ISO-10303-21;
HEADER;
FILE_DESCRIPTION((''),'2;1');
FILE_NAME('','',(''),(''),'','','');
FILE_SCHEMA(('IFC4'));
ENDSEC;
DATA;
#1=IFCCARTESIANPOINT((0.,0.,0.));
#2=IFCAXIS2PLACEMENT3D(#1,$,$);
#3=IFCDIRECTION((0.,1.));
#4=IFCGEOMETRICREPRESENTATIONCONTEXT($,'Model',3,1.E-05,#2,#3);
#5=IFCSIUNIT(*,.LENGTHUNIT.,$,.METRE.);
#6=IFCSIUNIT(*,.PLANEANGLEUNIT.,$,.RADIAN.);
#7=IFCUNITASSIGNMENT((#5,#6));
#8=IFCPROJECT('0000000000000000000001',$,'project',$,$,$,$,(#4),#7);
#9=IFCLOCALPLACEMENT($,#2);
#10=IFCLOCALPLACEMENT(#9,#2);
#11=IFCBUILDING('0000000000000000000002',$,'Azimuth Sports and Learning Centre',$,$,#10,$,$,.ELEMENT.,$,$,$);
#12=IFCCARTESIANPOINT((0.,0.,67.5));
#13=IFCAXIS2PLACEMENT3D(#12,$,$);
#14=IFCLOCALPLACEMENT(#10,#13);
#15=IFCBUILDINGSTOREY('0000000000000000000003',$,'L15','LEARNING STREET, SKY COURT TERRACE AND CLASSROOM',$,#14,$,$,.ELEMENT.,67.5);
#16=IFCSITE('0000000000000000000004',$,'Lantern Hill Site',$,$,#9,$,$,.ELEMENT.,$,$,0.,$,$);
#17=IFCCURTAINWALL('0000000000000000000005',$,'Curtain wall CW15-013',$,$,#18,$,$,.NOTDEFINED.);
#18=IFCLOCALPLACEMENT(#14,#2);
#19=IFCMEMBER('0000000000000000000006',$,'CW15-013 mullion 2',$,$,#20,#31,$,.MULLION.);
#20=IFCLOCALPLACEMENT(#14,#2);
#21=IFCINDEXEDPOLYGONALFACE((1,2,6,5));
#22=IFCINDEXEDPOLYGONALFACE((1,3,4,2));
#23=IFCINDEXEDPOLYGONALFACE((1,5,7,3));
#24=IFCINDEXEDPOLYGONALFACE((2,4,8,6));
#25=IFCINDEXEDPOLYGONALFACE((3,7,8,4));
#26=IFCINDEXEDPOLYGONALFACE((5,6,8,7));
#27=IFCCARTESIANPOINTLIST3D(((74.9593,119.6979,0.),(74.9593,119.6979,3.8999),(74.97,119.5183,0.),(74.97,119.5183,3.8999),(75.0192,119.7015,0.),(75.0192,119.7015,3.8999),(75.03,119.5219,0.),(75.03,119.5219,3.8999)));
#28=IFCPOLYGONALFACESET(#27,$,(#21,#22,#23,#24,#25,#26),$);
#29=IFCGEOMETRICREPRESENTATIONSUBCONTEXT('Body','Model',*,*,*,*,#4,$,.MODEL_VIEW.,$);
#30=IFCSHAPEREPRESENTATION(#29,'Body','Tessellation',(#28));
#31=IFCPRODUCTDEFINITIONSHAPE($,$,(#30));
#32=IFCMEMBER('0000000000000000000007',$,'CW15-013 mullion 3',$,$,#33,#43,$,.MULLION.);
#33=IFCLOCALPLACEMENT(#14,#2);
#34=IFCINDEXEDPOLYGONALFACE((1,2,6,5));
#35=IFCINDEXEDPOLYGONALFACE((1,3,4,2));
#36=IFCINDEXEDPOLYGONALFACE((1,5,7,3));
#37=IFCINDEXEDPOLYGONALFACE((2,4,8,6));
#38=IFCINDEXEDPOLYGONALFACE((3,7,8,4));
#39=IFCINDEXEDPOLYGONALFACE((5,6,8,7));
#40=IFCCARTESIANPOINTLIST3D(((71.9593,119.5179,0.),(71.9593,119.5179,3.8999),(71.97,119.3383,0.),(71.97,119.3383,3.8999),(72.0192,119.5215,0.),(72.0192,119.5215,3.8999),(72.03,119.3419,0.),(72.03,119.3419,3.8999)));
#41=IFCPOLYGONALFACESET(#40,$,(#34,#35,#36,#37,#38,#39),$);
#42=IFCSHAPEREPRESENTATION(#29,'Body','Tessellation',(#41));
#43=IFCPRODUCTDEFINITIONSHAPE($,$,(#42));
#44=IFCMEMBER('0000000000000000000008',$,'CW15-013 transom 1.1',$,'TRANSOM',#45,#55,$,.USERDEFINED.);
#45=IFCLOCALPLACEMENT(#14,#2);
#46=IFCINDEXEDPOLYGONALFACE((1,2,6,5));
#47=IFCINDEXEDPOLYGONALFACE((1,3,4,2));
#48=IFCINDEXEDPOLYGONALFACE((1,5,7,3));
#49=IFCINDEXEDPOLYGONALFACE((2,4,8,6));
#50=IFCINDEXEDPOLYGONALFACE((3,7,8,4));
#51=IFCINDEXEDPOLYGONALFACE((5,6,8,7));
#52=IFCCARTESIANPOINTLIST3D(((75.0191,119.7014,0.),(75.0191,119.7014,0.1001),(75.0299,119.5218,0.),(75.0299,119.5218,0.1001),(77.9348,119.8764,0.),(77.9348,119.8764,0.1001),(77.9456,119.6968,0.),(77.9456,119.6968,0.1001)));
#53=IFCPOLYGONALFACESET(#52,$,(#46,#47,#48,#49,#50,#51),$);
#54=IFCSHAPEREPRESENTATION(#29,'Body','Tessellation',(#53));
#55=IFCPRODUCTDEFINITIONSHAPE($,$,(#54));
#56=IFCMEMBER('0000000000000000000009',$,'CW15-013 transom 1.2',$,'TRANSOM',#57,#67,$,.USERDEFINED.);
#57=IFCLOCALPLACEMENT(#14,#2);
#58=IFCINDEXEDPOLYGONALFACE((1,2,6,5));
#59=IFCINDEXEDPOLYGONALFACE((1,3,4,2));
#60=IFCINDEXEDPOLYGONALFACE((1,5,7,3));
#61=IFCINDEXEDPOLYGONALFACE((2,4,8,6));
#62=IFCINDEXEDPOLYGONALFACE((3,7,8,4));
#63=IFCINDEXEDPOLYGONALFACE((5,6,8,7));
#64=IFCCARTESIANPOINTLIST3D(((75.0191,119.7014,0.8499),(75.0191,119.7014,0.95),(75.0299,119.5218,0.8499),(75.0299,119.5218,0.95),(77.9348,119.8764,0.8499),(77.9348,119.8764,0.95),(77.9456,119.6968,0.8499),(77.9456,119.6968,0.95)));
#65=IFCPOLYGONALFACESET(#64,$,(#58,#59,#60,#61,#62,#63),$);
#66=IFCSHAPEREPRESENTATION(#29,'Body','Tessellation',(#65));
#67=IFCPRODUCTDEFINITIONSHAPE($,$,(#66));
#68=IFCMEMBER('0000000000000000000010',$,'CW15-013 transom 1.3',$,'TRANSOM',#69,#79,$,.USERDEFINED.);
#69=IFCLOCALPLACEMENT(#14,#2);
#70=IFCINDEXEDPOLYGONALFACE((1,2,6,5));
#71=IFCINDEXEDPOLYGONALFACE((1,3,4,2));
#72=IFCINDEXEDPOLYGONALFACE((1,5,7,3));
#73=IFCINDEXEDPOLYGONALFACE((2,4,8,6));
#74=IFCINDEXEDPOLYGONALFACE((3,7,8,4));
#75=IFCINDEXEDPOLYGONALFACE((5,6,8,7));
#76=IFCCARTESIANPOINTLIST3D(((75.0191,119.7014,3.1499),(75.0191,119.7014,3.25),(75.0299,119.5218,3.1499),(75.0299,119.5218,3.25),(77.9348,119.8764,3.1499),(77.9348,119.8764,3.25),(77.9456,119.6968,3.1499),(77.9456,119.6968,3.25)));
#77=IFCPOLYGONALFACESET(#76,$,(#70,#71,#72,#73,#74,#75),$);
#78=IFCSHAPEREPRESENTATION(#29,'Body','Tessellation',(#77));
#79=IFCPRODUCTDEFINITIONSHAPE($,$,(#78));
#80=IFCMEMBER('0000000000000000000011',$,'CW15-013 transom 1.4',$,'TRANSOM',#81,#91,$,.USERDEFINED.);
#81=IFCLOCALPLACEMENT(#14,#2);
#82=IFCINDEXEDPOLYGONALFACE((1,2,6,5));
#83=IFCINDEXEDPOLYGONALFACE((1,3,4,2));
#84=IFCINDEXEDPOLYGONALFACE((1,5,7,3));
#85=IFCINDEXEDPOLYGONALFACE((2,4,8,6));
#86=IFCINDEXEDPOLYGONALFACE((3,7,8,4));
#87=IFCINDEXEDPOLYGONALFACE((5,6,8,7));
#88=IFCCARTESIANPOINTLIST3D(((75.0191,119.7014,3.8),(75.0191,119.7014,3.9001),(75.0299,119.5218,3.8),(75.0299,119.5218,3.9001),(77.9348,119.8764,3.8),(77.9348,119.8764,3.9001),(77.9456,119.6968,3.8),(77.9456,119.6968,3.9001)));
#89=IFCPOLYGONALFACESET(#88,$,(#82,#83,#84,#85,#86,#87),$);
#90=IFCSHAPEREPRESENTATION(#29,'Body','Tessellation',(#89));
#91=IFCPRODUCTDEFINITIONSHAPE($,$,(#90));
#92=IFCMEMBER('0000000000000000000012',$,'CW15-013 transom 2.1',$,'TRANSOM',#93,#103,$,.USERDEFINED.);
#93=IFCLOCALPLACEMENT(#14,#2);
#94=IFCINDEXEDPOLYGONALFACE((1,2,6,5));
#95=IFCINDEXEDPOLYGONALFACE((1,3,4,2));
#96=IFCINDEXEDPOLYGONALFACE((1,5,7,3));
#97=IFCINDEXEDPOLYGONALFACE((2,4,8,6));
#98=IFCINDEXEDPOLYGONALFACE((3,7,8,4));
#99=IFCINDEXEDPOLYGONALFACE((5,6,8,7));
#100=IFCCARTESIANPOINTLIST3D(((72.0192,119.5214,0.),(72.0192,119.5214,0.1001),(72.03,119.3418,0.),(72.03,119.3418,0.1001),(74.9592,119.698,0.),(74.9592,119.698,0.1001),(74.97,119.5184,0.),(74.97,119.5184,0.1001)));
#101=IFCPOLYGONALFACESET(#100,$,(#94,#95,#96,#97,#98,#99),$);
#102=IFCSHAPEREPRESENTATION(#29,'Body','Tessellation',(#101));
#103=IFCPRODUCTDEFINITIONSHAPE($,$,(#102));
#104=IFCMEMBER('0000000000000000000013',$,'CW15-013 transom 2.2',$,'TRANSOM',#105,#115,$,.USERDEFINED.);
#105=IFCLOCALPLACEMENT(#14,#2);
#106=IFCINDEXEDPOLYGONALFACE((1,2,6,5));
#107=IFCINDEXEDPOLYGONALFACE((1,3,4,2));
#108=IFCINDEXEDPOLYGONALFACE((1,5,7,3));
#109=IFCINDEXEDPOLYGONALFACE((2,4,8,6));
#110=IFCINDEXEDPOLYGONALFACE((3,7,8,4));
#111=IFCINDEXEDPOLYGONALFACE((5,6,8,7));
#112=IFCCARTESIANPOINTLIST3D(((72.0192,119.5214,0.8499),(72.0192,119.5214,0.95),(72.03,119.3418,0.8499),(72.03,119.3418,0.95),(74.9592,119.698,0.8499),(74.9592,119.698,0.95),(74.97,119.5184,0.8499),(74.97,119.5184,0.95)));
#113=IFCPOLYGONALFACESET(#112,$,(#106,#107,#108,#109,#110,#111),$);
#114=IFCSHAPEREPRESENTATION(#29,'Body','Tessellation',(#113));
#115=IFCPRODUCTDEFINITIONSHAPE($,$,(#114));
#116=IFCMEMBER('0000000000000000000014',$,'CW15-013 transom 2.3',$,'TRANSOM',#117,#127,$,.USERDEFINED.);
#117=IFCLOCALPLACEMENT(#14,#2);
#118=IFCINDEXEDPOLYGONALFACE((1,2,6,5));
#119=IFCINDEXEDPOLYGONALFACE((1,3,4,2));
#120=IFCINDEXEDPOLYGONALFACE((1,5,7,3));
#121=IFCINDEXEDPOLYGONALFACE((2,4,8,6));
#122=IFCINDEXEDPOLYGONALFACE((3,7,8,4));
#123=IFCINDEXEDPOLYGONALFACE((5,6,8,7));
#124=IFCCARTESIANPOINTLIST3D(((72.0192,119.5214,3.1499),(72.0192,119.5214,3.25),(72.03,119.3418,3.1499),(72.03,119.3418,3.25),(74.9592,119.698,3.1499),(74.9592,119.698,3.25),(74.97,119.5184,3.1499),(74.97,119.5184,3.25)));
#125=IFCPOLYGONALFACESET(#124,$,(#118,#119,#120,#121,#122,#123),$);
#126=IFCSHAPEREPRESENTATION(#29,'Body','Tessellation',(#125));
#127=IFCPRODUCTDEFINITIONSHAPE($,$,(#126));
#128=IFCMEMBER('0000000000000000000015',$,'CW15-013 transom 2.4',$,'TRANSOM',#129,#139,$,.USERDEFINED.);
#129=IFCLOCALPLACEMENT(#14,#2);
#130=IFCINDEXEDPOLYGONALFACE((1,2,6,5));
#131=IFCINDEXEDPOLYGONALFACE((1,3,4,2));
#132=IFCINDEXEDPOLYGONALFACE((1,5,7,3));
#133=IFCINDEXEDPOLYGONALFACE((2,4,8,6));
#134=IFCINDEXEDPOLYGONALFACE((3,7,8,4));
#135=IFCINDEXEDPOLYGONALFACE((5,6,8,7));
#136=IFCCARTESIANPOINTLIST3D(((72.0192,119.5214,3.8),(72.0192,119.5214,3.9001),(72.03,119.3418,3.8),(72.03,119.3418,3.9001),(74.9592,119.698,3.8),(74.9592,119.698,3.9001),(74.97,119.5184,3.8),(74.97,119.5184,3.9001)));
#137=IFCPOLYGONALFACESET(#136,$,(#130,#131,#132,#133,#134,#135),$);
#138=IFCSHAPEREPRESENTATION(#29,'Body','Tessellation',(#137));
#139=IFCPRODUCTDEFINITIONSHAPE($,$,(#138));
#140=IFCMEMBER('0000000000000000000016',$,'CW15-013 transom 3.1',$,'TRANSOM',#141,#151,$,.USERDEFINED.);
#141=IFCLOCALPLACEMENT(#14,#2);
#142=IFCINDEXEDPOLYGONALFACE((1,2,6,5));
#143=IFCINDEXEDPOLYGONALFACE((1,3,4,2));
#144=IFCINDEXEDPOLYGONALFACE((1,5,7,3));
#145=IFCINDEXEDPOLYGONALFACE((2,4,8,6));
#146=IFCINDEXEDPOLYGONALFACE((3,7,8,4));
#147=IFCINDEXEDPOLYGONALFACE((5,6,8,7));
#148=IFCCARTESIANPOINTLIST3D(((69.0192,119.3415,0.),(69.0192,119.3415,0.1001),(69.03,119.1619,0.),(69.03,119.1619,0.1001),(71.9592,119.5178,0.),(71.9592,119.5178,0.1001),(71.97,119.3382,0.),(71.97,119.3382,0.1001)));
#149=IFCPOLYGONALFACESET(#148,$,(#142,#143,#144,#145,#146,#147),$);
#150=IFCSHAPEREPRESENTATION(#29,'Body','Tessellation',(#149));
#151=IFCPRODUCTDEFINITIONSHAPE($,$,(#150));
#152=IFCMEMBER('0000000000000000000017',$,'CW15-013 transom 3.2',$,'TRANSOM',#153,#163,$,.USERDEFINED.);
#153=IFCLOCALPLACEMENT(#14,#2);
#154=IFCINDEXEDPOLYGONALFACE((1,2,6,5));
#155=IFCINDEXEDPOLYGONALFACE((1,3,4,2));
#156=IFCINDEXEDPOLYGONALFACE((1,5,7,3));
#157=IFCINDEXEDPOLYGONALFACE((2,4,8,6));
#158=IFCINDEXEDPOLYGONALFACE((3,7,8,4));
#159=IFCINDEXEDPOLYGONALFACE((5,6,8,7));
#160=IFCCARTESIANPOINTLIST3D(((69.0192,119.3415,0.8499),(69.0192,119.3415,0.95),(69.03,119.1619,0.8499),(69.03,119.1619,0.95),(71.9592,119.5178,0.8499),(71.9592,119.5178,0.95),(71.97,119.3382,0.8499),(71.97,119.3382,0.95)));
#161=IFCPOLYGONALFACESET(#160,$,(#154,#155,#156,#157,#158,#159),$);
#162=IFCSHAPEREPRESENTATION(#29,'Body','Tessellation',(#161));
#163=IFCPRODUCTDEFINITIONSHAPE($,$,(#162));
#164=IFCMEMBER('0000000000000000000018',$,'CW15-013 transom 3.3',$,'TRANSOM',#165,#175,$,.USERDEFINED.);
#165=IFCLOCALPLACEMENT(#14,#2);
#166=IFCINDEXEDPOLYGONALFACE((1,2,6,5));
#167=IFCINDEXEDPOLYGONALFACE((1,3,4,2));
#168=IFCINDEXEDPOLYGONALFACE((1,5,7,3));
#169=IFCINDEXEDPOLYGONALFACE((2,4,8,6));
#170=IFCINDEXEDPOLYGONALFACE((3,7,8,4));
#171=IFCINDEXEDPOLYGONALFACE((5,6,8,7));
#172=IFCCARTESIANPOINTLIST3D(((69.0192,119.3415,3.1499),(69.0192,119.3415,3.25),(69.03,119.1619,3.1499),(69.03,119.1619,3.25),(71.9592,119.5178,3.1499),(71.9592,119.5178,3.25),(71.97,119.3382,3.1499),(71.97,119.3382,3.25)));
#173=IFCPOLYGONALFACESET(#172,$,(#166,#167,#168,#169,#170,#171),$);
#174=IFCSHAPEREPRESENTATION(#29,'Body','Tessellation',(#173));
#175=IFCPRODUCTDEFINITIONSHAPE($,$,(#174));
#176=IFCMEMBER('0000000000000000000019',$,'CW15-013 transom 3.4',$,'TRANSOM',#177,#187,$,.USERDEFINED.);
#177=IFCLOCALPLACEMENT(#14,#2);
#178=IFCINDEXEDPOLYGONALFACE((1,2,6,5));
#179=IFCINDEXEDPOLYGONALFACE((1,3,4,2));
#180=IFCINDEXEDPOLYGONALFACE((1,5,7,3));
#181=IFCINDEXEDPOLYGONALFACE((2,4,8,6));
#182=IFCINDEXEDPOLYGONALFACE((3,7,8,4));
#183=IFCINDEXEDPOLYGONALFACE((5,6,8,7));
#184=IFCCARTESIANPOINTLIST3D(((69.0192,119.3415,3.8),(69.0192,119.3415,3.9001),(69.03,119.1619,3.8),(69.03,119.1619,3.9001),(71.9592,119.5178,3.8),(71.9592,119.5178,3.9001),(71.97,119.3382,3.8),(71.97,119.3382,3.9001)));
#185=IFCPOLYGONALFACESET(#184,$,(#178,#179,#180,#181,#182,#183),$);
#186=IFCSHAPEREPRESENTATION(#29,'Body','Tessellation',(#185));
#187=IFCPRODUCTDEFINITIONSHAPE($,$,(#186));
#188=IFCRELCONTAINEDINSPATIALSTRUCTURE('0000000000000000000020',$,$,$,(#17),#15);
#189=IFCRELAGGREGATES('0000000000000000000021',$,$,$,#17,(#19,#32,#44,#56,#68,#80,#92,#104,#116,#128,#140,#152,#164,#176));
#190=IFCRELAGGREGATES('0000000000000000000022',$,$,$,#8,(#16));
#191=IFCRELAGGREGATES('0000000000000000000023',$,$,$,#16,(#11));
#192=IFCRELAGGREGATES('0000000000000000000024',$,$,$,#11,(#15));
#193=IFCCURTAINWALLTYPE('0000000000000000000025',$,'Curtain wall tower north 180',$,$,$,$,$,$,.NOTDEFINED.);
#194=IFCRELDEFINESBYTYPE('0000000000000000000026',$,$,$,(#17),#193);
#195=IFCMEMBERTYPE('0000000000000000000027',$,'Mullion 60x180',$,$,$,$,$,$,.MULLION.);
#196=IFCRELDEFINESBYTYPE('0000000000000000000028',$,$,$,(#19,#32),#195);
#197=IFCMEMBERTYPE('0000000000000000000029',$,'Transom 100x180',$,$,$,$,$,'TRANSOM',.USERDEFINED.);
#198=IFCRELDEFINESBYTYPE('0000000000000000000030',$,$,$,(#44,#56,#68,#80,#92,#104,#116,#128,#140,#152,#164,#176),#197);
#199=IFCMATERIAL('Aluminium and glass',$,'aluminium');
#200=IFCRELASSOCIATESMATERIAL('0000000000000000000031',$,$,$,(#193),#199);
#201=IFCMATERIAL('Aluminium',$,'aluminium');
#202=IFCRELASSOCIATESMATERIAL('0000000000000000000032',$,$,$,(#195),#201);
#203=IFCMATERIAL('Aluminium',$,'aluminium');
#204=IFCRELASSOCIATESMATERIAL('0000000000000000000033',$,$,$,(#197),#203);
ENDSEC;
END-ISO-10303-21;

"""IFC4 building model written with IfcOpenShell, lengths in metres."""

from ifc_helpers import new_model, si_unit, direction, frame, origin, origin_2d, place, context, subcontext, project, spatial, rectangle, extrude, material, material_profile, profile_set, type_object, element, aggregate, save


model = new_model("IFC4")

# Units and contexts
model_context = context("Model", 3, precision=1e-05, world=origin(), true_north=direction((0.0, 1.0)))
body_context = subcontext(model_context, "Body", "Model", "MODEL_VIEW")
ifc_project = project(units=[si_unit("LENGTHUNIT", "METRE"), si_unit("PLANEANGLEUNIT", "RADIAN")], contexts=[model_context])

# Site, building, storey
site_placement = place(None, origin())
site = spatial("IfcSite", under=ifc_project, at=site_placement, Name="Lantern Hill Site", CompositionType="ELEMENT", RefElevation=0.0)
building_placement = place(site_placement, origin())
building = spatial("IfcBuilding", under=site, at=building_placement, Name="Azimuth Sports and Learning Centre", CompositionType="ELEMENT")
storey_placement = place(building_placement, frame((0.0, 0.0, 67.5)))
storey = spatial("IfcBuildingStorey", under=building, at=storey_placement, Name="L15", Description="LEARNING STREET, SKY COURT TERRACE AND CLASSROOM", CompositionType="ELEMENT", Elevation=67.5)

# Curtain wall, members
ifc_material_1 = material(Name="Aluminium and glass", Category="aluminium")
curtain_wall_type = type_object("IfcCurtainWallType", Name="Curtain wall tower north 180", PredefinedType="NOTDEFINED", material=ifc_material_1)
curtain_wall_placement = place(storey_placement, origin())
curtain_wall = element("IfcCurtainWall", 1, at=curtain_wall_placement, inside=storey, type_object=curtain_wall_type, Name="Curtain wall CW15-013", PredefinedType="NOTDEFINED")
ifc_material_2 = material(Name="Aluminium", Category="aluminium")
ifc_material_profile_1 = material_profile(ifc_material_2, rectangle(XDim=0.1799, YDim=0.0601, at=origin_2d()), Name="Mullion 60x180")
ifc_profile_set_1 = profile_set([ifc_material_profile_1], Name="Aluminium")
member_type_1 = type_object("IfcMemberType", Name="Mullion 60x180", PredefinedType="MULLION", material=ifc_profile_set_1)
member_1_placement = place(storey_placement, frame((74.9946, 119.6099, 0.0), z_axis=(0.0, 0.0, 1.0), x_axis=(0.059892, -0.998205, 0.0)))
member_1 = element("IfcMember", 2, at=member_1_placement, type_object=member_type_1, Name="CW15-013 mullion 2", PredefinedType="MULLION", context=body_context, shape_type="SweptSolid", body=[
    extrude(rectangle(XDim=0.1799, YDim=0.0601, at=origin_2d()), origin(), (0.0, 0.0, 1.0), 3.8999),
])
member_2_placement = place(storey_placement, frame((71.9946, 119.4299, 0.0), z_axis=(0.0, 0.0, 1.0), x_axis=(0.059892, -0.998205, 0.0)))
member_2 = element("IfcMember", 3, at=member_2_placement, type_object=member_type_1, Name="CW15-013 mullion 3", PredefinedType="MULLION", context=body_context, shape_type="SweptSolid", body=[
    extrude(rectangle(XDim=0.1799, YDim=0.0601, at=origin_2d()), origin(), (0.0, 0.0, 1.0), 3.8999),
])
ifc_material_3 = material(Name="Aluminium", Category="aluminium")
ifc_material_profile_2 = material_profile(ifc_material_3, rectangle(XDim=0.1799, YDim=0.1001, at=origin_2d()), Name="Transom 100x180")
ifc_profile_set_2 = profile_set([ifc_material_profile_2], Name="Aluminium")
member_type_2 = type_object("IfcMemberType", Name="Transom 100x180", ElementType="TRANSOM", PredefinedType="USERDEFINED", material=ifc_profile_set_2)
member_3_placement = place(storey_placement, frame((77.9402, 119.7866, 0.05), z_axis=(-0.998202, -0.059932, 0.0), x_axis=(0.059932, -0.998202, 0.0)))
member_3 = element("IfcMember", 4, at=member_3_placement, type_object=member_type_2, Name="CW15-013 transom 1.1", ObjectType="TRANSOM", PredefinedType="USERDEFINED", context=body_context, shape_type="SweptSolid", body=[
    extrude(rectangle(XDim=0.1799, YDim=0.1001, at=origin_2d()), origin(), (0.0, 0.0, 1.0), 2.9209),
])
member_4_placement = place(storey_placement, frame((77.9402, 119.7866, 0.8999), z_axis=(-0.998202, -0.059932, 0.0), x_axis=(0.059932, -0.998202, 0.0)))
member_4 = element("IfcMember", 5, at=member_4_placement, type_object=member_type_2, Name="CW15-013 transom 1.2", ObjectType="TRANSOM", PredefinedType="USERDEFINED", context=body_context, shape_type="SweptSolid", body=[
    extrude(rectangle(XDim=0.1799, YDim=0.1001, at=origin_2d()), origin(), (0.0, 0.0, 1.0), 2.9209),
])
member_5_placement = place(storey_placement, frame((77.9402, 119.7866, 3.2), z_axis=(-0.998202, -0.059932, 0.0), x_axis=(0.059932, -0.998202, 0.0)))
member_5 = element("IfcMember", 6, at=member_5_placement, type_object=member_type_2, Name="CW15-013 transom 1.3", ObjectType="TRANSOM", PredefinedType="USERDEFINED", context=body_context, shape_type="SweptSolid", body=[
    extrude(rectangle(XDim=0.1799, YDim=0.1001, at=origin_2d()), origin(), (0.0, 0.0, 1.0), 2.9209),
])
member_6_placement = place(storey_placement, frame((77.9402, 119.7866, 3.8501), z_axis=(-0.998202, -0.059932, 0.0), x_axis=(0.059932, -0.998202, 0.0)))
member_6 = element("IfcMember", 7, at=member_6_placement, type_object=member_type_2, Name="CW15-013 transom 1.4", ObjectType="TRANSOM", PredefinedType="USERDEFINED", context=body_context, shape_type="SweptSolid", body=[
    extrude(rectangle(XDim=0.1799, YDim=0.1001, at=origin_2d()), origin(), (0.0, 0.0, 1.0), 2.9209),
])
member_7_placement = place(storey_placement, frame((74.9646, 119.6082, 0.05), z_axis=(-0.998202, -0.059932, 0.0), x_axis=(0.059932, -0.998202, 0.0)))
member_7 = element("IfcMember", 8, at=member_7_placement, type_object=member_type_2, Name="CW15-013 transom 2.1", ObjectType="TRANSOM", PredefinedType="USERDEFINED", context=body_context, shape_type="SweptSolid", body=[
    extrude(rectangle(XDim=0.1799, YDim=0.1001, at=origin_2d()), origin(), (0.0, 0.0, 1.0), 2.9453),
])
member_8_placement = place(storey_placement, frame((74.9646, 119.6082, 0.8999), z_axis=(-0.998202, -0.059932, 0.0), x_axis=(0.059932, -0.998202, 0.0)))
member_8 = element("IfcMember", 9, at=member_8_placement, type_object=member_type_2, Name="CW15-013 transom 2.2", ObjectType="TRANSOM", PredefinedType="USERDEFINED", context=body_context, shape_type="SweptSolid", body=[
    extrude(rectangle(XDim=0.1799, YDim=0.1001, at=origin_2d()), origin(), (0.0, 0.0, 1.0), 2.9453),
])
member_9_placement = place(storey_placement, frame((74.9646, 119.6082, 3.2), z_axis=(-0.998202, -0.059932, 0.0), x_axis=(0.059932, -0.998202, 0.0)))
member_9 = element("IfcMember", 10, at=member_9_placement, type_object=member_type_2, Name="CW15-013 transom 2.3", ObjectType="TRANSOM", PredefinedType="USERDEFINED", context=body_context, shape_type="SweptSolid", body=[
    extrude(rectangle(XDim=0.1799, YDim=0.1001, at=origin_2d()), origin(), (0.0, 0.0, 1.0), 2.9453),
])
member_10_placement = place(storey_placement, frame((74.9646, 119.6082, 3.8501), z_axis=(-0.998202, -0.059932, 0.0), x_axis=(0.059932, -0.998202, 0.0)))
member_10 = element("IfcMember", 11, at=member_10_placement, type_object=member_type_2, Name="CW15-013 transom 2.4", ObjectType="TRANSOM", PredefinedType="USERDEFINED", context=body_context, shape_type="SweptSolid", body=[
    extrude(rectangle(XDim=0.1799, YDim=0.1001, at=origin_2d()), origin(), (0.0, 0.0, 1.0), 2.9453),
])
member_11_placement = place(storey_placement, frame((71.9646, 119.428, 0.05), z_axis=(-0.998207, -0.059849, 0.0), x_axis=(0.059849, -0.998207, 0.0)))
member_11 = element("IfcMember", 12, at=member_11_placement, type_object=member_type_2, Name="CW15-013 transom 3.1", ObjectType="TRANSOM", PredefinedType="USERDEFINED", context=body_context, shape_type="SweptSolid", body=[
    extrude(rectangle(XDim=0.1799, YDim=0.1001, at=origin_2d()), origin(), (0.0, 0.0, 1.0), 2.9453),
])
member_12_placement = place(storey_placement, frame((71.9646, 119.428, 0.8999), z_axis=(-0.998207, -0.059849, 0.0), x_axis=(0.059849, -0.998207, 0.0)))
member_12 = element("IfcMember", 13, at=member_12_placement, type_object=member_type_2, Name="CW15-013 transom 3.2", ObjectType="TRANSOM", PredefinedType="USERDEFINED", context=body_context, shape_type="SweptSolid", body=[
    extrude(rectangle(XDim=0.1799, YDim=0.1001, at=origin_2d()), origin(), (0.0, 0.0, 1.0), 2.9453),
])
member_13_placement = place(storey_placement, frame((71.9646, 119.428, 3.2), z_axis=(-0.998207, -0.059849, 0.0), x_axis=(0.059849, -0.998207, 0.0)))
member_13 = element("IfcMember", 14, at=member_13_placement, type_object=member_type_2, Name="CW15-013 transom 3.3", ObjectType="TRANSOM", PredefinedType="USERDEFINED", context=body_context, shape_type="SweptSolid", body=[
    extrude(rectangle(XDim=0.1799, YDim=0.1001, at=origin_2d()), origin(), (0.0, 0.0, 1.0), 2.9453),
])
member_14_placement = place(storey_placement, frame((71.9646, 119.428, 3.8501), z_axis=(-0.998207, -0.059849, 0.0), x_axis=(0.059849, -0.998207, 0.0)))
member_14 = element("IfcMember", 15, at=member_14_placement, type_object=member_type_2, Name="CW15-013 transom 3.4", ObjectType="TRANSOM", PredefinedType="USERDEFINED", context=body_context, shape_type="SweptSolid", body=[
    extrude(rectangle(XDim=0.1799, YDim=0.1001, at=origin_2d()), origin(), (0.0, 0.0, 1.0), 2.9453),
])
aggregate(curtain_wall, [member_1, member_2, member_3, member_4, member_5, member_6, member_7, member_8, member_9, member_10, member_11, member_12, member_13, member_14])

save(model, "model.ifc")
